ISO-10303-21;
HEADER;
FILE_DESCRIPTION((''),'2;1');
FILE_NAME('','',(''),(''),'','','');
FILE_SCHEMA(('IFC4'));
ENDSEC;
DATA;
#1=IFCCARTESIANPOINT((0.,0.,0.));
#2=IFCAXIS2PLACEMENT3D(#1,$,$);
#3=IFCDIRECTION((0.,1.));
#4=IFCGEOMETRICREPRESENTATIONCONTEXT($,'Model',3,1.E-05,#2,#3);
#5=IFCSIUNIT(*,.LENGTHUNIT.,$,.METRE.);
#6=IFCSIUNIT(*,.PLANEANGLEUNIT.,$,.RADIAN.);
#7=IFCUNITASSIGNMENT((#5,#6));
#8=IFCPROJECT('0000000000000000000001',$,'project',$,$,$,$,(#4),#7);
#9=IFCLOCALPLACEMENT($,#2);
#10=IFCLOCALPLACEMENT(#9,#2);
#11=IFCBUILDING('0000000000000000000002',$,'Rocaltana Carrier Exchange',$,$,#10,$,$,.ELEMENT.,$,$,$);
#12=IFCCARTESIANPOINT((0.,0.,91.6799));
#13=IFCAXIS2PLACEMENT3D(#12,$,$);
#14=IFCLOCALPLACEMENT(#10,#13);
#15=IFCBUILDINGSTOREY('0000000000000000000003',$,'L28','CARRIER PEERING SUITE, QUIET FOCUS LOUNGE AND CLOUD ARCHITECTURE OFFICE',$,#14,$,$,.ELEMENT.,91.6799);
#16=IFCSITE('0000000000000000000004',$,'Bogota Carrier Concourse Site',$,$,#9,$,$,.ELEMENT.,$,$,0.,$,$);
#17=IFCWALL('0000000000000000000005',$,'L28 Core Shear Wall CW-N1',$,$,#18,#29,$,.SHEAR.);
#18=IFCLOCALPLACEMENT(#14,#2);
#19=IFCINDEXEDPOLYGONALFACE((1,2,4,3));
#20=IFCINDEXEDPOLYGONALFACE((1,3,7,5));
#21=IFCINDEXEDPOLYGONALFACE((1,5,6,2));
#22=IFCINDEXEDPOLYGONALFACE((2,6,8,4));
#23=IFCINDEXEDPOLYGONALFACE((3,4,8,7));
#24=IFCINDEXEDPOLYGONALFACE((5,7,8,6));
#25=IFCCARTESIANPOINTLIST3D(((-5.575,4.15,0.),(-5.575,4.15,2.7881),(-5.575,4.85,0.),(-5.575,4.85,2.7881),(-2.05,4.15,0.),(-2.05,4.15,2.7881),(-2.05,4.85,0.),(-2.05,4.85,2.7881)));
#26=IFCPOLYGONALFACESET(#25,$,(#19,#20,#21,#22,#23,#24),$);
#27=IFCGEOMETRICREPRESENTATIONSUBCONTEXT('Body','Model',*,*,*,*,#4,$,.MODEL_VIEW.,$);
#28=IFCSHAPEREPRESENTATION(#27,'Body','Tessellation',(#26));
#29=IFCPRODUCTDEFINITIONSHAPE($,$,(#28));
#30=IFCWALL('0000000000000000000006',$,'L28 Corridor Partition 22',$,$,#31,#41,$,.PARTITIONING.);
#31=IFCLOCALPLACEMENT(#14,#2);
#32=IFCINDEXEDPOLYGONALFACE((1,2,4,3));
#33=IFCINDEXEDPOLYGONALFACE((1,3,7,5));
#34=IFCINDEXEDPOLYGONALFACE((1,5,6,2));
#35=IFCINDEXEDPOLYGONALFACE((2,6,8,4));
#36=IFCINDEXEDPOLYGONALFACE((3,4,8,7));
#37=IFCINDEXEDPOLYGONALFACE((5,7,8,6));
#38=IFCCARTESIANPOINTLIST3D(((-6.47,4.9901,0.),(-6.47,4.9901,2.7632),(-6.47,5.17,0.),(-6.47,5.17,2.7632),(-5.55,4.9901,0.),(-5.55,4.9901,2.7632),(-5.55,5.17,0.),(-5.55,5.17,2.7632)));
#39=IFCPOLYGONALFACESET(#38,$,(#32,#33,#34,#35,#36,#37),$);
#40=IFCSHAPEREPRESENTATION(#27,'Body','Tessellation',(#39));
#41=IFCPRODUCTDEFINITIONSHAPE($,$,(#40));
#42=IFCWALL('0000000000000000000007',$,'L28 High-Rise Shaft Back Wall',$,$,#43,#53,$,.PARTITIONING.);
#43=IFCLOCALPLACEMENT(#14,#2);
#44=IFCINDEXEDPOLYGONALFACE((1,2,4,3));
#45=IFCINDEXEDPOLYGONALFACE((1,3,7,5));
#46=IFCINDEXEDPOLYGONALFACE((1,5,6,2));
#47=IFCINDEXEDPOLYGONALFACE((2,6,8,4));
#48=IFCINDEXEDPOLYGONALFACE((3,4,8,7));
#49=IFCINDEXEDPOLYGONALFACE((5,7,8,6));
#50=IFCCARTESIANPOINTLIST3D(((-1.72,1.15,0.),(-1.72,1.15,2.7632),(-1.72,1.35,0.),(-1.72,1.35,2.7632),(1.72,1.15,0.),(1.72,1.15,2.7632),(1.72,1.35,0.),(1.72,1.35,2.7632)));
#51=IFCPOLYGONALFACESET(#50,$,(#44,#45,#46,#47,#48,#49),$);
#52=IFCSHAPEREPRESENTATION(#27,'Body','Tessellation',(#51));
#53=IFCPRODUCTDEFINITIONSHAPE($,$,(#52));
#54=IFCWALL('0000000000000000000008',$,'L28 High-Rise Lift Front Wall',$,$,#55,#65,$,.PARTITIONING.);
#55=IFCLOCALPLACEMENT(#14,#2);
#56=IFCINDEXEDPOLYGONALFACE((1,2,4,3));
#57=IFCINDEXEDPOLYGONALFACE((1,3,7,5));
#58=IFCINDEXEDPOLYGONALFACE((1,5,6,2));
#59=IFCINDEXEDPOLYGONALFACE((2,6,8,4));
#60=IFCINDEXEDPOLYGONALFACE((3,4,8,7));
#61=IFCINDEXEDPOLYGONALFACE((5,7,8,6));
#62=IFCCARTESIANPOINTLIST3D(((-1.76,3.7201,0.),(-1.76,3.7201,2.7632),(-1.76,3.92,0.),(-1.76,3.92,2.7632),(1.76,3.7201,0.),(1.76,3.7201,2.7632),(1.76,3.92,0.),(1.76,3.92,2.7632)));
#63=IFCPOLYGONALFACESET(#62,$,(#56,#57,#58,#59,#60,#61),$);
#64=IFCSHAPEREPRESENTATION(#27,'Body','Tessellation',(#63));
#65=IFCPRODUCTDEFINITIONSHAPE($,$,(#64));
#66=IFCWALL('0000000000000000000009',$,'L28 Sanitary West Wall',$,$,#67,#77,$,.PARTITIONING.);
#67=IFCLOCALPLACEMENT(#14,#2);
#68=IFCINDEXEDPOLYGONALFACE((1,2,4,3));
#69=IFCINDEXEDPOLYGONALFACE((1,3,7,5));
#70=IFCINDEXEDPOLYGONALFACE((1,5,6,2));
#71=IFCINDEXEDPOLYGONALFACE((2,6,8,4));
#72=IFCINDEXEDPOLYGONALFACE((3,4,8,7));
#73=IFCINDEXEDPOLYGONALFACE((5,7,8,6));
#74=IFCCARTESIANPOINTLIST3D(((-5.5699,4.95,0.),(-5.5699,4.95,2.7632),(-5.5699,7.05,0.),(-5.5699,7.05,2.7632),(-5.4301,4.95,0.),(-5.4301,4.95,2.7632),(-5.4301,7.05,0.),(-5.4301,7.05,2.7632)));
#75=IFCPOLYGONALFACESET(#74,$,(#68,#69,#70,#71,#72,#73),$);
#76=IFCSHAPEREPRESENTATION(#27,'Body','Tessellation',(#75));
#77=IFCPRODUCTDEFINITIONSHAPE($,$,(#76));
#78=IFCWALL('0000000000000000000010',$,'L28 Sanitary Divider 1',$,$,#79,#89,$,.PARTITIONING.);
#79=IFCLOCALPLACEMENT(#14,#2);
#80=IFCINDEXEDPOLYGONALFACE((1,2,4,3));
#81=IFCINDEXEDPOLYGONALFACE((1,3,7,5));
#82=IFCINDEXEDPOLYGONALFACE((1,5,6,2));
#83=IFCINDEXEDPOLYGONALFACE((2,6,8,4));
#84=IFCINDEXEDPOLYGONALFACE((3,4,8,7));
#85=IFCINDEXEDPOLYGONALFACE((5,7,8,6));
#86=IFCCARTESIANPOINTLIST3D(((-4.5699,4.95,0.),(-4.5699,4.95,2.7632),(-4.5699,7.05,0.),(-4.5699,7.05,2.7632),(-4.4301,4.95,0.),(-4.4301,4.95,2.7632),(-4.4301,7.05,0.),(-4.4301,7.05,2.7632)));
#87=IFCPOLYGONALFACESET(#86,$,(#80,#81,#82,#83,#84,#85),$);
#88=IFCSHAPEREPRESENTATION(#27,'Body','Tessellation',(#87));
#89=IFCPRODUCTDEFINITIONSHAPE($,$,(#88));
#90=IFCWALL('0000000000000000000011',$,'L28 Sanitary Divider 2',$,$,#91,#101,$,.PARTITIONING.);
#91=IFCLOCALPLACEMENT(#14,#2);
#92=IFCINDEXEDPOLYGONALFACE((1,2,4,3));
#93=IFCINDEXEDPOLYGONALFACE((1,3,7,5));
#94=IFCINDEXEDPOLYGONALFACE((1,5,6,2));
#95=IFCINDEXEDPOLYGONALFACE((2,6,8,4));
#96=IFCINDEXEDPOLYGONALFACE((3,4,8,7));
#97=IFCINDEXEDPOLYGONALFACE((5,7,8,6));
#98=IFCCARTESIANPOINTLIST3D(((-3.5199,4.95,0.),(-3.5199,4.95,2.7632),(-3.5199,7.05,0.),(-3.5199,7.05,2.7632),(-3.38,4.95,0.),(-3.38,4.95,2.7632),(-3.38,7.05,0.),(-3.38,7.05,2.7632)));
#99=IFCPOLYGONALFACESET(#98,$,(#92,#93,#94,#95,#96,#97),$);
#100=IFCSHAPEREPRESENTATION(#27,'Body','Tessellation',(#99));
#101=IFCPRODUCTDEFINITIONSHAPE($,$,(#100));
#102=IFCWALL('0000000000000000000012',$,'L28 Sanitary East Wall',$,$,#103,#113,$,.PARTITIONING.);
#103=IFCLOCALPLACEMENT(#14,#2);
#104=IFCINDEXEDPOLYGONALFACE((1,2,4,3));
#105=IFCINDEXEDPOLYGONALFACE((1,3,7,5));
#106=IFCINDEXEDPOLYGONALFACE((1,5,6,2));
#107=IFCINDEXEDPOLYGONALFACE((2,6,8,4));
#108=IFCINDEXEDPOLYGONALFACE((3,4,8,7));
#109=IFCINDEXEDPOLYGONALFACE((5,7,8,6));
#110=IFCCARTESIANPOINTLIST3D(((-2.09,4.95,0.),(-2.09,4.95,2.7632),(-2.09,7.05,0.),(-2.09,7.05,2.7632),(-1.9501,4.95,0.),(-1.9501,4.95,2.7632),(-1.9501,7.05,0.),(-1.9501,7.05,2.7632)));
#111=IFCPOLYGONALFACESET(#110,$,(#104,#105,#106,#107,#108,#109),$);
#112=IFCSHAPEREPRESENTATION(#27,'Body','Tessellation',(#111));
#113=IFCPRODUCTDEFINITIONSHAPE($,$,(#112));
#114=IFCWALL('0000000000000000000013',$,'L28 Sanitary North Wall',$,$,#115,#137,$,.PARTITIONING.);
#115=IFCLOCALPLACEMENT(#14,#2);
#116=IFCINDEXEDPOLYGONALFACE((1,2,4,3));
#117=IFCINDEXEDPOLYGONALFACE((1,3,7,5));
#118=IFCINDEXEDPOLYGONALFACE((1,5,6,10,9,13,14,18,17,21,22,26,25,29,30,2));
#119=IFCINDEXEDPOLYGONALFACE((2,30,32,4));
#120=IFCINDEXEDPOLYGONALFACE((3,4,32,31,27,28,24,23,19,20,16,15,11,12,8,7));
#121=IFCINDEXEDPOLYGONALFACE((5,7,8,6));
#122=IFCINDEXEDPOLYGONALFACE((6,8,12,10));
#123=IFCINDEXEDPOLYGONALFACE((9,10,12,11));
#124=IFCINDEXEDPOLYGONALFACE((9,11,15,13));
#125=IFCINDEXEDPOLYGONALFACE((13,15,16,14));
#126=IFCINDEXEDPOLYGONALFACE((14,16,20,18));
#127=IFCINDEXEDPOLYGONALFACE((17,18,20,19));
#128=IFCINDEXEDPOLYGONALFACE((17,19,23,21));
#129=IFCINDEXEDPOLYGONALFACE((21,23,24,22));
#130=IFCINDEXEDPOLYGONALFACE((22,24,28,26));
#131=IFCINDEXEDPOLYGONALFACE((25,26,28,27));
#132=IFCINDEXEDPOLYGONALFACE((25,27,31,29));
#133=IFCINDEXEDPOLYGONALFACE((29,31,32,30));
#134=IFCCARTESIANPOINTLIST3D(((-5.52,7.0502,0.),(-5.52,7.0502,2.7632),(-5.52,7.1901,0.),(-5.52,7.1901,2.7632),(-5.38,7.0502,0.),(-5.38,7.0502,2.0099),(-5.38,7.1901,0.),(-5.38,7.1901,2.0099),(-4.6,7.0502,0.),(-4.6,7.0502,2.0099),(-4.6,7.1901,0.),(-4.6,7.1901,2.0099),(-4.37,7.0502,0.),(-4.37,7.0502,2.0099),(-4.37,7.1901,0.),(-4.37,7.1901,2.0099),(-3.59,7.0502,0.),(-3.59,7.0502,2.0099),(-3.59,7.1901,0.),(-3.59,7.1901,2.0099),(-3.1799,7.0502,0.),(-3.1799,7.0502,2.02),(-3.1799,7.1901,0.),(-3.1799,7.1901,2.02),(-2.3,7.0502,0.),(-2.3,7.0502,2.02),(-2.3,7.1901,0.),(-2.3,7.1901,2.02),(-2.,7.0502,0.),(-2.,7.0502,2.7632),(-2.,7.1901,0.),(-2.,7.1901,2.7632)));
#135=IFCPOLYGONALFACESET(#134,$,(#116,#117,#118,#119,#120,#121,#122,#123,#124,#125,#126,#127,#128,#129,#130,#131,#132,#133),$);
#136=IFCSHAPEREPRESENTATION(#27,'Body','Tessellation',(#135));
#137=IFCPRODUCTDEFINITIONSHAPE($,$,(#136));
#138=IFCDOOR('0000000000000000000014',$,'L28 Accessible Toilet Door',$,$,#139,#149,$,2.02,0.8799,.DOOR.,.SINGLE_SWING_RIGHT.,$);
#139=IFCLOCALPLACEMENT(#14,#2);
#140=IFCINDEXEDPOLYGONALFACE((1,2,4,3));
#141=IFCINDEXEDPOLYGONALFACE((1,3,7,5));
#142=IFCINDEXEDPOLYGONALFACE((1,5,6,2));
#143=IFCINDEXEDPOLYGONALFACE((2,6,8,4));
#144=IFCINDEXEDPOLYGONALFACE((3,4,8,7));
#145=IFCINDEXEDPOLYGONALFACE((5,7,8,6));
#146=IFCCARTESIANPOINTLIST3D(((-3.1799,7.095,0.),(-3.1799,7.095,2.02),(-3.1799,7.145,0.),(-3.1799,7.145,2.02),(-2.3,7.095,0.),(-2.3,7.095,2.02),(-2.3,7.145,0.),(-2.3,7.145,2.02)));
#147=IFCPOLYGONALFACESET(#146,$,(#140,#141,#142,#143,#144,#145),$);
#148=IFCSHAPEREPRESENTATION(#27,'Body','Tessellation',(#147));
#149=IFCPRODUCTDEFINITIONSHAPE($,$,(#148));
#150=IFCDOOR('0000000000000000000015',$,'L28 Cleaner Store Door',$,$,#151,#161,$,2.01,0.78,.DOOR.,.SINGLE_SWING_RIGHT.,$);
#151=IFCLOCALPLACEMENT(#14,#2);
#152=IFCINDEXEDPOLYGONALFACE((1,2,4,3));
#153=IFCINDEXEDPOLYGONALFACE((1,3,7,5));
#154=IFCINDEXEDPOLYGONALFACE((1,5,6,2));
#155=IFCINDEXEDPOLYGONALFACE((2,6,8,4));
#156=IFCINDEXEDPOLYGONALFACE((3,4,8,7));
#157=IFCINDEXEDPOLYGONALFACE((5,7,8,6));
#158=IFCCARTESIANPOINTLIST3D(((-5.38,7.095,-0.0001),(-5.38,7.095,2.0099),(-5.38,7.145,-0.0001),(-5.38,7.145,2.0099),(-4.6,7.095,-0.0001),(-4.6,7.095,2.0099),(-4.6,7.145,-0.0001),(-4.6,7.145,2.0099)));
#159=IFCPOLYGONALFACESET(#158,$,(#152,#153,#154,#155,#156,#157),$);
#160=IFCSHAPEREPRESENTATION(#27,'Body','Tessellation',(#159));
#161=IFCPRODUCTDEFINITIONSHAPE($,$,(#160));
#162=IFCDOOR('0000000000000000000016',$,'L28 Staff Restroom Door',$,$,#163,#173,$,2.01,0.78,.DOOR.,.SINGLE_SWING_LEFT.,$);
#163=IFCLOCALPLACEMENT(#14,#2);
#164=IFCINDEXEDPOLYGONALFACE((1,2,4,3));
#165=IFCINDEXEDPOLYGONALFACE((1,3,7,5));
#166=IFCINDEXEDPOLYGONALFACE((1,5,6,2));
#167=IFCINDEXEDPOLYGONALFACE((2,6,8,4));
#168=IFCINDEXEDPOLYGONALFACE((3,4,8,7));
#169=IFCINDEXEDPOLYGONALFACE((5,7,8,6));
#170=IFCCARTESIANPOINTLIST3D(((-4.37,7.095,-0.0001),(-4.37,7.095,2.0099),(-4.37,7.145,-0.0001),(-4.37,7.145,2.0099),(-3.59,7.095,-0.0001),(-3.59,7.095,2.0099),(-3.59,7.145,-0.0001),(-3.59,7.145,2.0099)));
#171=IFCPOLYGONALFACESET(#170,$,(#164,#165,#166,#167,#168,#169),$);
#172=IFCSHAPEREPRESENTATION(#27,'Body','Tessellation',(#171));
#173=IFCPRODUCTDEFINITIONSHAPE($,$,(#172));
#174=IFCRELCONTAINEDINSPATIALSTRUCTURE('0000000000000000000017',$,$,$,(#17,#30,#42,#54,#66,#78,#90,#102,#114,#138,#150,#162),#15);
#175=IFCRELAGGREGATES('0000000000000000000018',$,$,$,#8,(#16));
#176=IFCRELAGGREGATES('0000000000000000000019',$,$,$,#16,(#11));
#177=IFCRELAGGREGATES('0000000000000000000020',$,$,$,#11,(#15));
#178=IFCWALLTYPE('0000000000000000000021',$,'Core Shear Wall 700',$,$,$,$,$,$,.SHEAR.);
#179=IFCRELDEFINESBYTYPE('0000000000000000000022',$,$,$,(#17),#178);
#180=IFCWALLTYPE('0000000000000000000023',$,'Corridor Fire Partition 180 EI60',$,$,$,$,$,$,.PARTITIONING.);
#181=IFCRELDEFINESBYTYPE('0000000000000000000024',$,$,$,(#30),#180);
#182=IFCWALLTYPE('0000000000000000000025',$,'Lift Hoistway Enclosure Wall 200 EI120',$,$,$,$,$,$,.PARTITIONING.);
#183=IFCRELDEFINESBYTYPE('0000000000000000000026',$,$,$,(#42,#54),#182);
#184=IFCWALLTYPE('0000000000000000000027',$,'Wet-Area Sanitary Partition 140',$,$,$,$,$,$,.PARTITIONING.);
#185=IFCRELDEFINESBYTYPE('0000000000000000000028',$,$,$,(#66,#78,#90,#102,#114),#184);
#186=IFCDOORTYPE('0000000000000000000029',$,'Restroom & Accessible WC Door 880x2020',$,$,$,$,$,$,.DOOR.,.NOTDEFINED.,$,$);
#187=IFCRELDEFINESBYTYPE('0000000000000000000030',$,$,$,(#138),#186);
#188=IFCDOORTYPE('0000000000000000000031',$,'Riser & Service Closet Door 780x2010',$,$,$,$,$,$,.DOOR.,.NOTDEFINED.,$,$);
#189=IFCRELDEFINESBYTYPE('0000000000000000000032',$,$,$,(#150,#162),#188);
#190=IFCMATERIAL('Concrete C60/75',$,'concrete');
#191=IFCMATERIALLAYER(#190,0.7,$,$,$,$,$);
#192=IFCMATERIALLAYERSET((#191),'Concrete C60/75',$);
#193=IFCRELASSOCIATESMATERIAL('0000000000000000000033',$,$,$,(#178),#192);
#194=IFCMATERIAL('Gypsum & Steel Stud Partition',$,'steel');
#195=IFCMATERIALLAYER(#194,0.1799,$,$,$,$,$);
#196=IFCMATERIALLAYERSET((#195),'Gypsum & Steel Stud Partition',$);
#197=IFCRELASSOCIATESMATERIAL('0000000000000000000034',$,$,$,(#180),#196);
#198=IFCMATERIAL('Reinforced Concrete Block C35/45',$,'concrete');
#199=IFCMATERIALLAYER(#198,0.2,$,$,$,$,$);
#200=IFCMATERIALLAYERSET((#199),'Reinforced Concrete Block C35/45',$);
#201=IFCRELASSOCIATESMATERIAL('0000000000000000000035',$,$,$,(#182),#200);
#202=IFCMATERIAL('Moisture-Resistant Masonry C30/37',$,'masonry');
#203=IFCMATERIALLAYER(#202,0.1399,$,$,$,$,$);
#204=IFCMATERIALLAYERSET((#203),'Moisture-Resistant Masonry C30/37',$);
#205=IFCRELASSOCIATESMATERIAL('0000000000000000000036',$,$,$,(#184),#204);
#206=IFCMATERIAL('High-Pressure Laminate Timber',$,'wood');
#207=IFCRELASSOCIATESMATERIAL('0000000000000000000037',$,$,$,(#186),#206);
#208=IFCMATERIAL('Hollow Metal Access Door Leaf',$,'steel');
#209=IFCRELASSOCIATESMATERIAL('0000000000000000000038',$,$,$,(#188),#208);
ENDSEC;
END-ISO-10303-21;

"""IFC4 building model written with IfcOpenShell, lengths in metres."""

from ifc_helpers import new_model, si_unit, direction, frame, frame_2d, origin, place, context, subcontext, project, spatial, rectangle, extrude, material, layer, layer_set, type_object, element, fill, save


model = new_model("IFC4")

# Units and contexts
model_context = context("Model", 3, precision=1e-05, world=origin(), true_north=direction((0.0, 1.0)))
body_context = subcontext(model_context, "Body", "Model", "MODEL_VIEW")
ifc_project = project(units=[si_unit("LENGTHUNIT", "METRE"), si_unit("PLANEANGLEUNIT", "RADIAN")], contexts=[model_context])

# Site, building, storey
site_placement = place(None, origin())
site = spatial("IfcSite", under=ifc_project, at=site_placement, Name="Bogota Carrier Concourse Site", CompositionType="ELEMENT", RefElevation=0.0)
building_placement = place(site_placement, origin())
building = spatial("IfcBuilding", under=site, at=building_placement, Name="Rocaltana Carrier Exchange", CompositionType="ELEMENT")
storey_placement = place(building_placement, frame((0.0, 0.0, 91.6799)))
storey = spatial("IfcBuildingStorey", under=building, at=storey_placement, Name="L28", Description="CARRIER PEERING SUITE, QUIET FOCUS LOUNGE AND CLOUD ARCHITECTURE OFFICE", CompositionType="ELEMENT", Elevation=91.6799)

# Walls
ifc_material_1 = material(Name="Concrete C60/75", Category="concrete")
ifc_layer_1 = layer(ifc_material_1, 0.7)
ifc_layer_set_1 = layer_set([ifc_layer_1], Name="Concrete C60/75")
wall_type_1 = type_object("IfcWallType", Name="Core Shear Wall 700", PredefinedType="SHEAR", material=ifc_layer_set_1)
wall_1_placement = place(storey_placement, frame((-5.575, 4.5, 0.0), z_axis=(0.0, 0.0, 1.0), x_axis=(1.0, 0.0, 0.0)))
element("IfcWall", 1, at=wall_1_placement, inside=storey, type_object=wall_type_1, Name="L28 Core Shear Wall CW-N1", PredefinedType="SHEAR", context=body_context, shape_type="SweptSolid", body=[
    extrude(rectangle(XDim=3.5249, YDim=0.7, at=frame_2d((1.7625, 0.0))), origin(), (0.0, 0.0, 1.0), 2.7881),
])
ifc_material_2 = material(Name="Gypsum & Steel Stud Partition", Category="steel")
ifc_layer_2 = layer(ifc_material_2, 0.1799)
ifc_layer_set_2 = layer_set([ifc_layer_2], Name="Gypsum & Steel Stud Partition")
wall_type_2 = type_object("IfcWallType", Name="Corridor Fire Partition 180 EI60", PredefinedType="PARTITIONING", material=ifc_layer_set_2)
wall_2_placement = place(storey_placement, frame((-5.55, 5.0801, 0.0), z_axis=(0.0, 0.0, 1.0), x_axis=(-1.0, 0.0, 0.0)))
element("IfcWall", 2, at=wall_2_placement, inside=storey, type_object=wall_type_2, Name="L28 Corridor Partition 22", PredefinedType="PARTITIONING", context=body_context, shape_type="SweptSolid", body=[
    extrude(rectangle(XDim=0.9199, YDim=0.1799, at=frame_2d((0.46, 0.0))), origin(), (0.0, 0.0, 1.0), 2.7632),
])
ifc_material_3 = material(Name="Reinforced Concrete Block C35/45", Category="concrete")
ifc_layer_3 = layer(ifc_material_3, 0.2)
ifc_layer_set_3 = layer_set([ifc_layer_3], Name="Reinforced Concrete Block C35/45")
wall_type_3 = type_object("IfcWallType", Name="Lift Hoistway Enclosure Wall 200 EI120", PredefinedType="PARTITIONING", material=ifc_layer_set_3)
wall_3_placement = place(storey_placement, frame((-1.72, 1.25, 0.0), z_axis=(0.0, 0.0, 1.0), x_axis=(1.0, 0.0, 0.0)))
element("IfcWall", 3, at=wall_3_placement, inside=storey, type_object=wall_type_3, Name="L28 High-Rise Shaft Back Wall", PredefinedType="PARTITIONING", context=body_context, shape_type="SweptSolid", body=[
    extrude(rectangle(XDim=3.4399, YDim=0.2, at=frame_2d((1.72, 0.0))), origin(), (0.0, 0.0, 1.0), 2.7632),
])
wall_4_placement = place(storey_placement, frame((-1.76, 3.8201, 0.0), z_axis=(0.0, 0.0, 1.0), x_axis=(1.0, 0.0, 0.0)))
element("IfcWall", 4, at=wall_4_placement, inside=storey, type_object=wall_type_3, Name="L28 High-Rise Lift Front Wall", PredefinedType="PARTITIONING", context=body_context, shape_type="SweptSolid", body=[
    extrude(rectangle(XDim=3.52, YDim=0.2, at=frame_2d((1.76, 0.0))), origin(), (0.0, 0.0, 1.0), 2.7632),
])
ifc_material_4 = material(Name="Moisture-Resistant Masonry C30/37", Category="masonry")
ifc_layer_4 = layer(ifc_material_4, 0.1399)
ifc_layer_set_4 = layer_set([ifc_layer_4], Name="Moisture-Resistant Masonry C30/37")
wall_type_4 = type_object("IfcWallType", Name="Wet-Area Sanitary Partition 140", PredefinedType="PARTITIONING", material=ifc_layer_set_4)
for number, where, z_axis, x_axis, name in (
    (5, (-5.5, 4.95, 0.0), (0.0, 0.0, 1.0), (0.0, 1.0, 0.0), "L28 Sanitary West Wall"),
    (6, (-4.5, 4.95, 0.0), (0.0, 0.0, 1.0), (0.0, 1.0, 0.0), "L28 Sanitary Divider 1"),
    (7, (-3.45, 4.95, 0.0), (0.0, 0.0, 1.0), (0.0, 1.0, 0.0), "L28 Sanitary Divider 2"),
    (8, (-2.02, 4.95, 0.0), (0.0, 0.0, 1.0), (0.0, 1.0, 0.0), "L28 Sanitary East Wall"),
):
    element("IfcWall", number, at=place(storey_placement, frame(where, z_axis=z_axis, x_axis=x_axis)), inside=storey, type_object=wall_type_4, Name=name, PredefinedType="PARTITIONING", context=body_context, shape_type="SweptSolid", body=[
        extrude(rectangle(XDim=2.1001, YDim=0.1399, at=frame_2d((1.05, 0.0))), origin(), (0.0, 0.0, 1.0), 2.7632),
    ])

# Wall, openings, doors
wall_5_placement = place(storey_placement, frame((-5.52, 7.1201, 0.0), z_axis=(0.0, 0.0, 1.0), x_axis=(1.0, 0.0, 0.0)))
wall_5 = element("IfcWall", 9, at=wall_5_placement, inside=storey, type_object=wall_type_4, Name="L28 Sanitary North Wall", PredefinedType="PARTITIONING", context=body_context, shape_type="SweptSolid", body=[
    extrude(rectangle(XDim=3.52, YDim=0.1399, at=frame_2d((1.76, 0.0))), origin(), (0.0, 0.0, 1.0), 2.7632),
])
opening_1_placement = place(wall_5_placement, frame((0.1399, 0.0, 0.0)))
opening_1 = element("IfcOpeningElement", 10, at=opening_1_placement, cuts=wall_5, PredefinedType="OPENING", context=body_context, shape_type="SweptSolid", body=[
    extrude(rectangle(XDim=0.78, YDim=2.01, at=frame_2d((0.3901, 1.0049))), frame((0.0, 0.0798, 0.0), z_axis=(0.0, -1.0, 0.0), x_axis=(1.0, 0.0, 0.0)), (0.0, 0.0, 1.0), 0.1599),
])
opening_2_placement = place(wall_5_placement, frame((1.1499, 0.0, 0.0)))
opening_2 = element("IfcOpeningElement", 11, at=opening_2_placement, cuts=wall_5, PredefinedType="OPENING", context=body_context, shape_type="SweptSolid", body=[
    extrude(rectangle(XDim=0.78, YDim=2.01, at=frame_2d((0.3901, 1.0049))), frame((0.0, 0.0798, 0.0), z_axis=(0.0, -1.0, 0.0), x_axis=(1.0, 0.0, 0.0)), (0.0, 0.0, 1.0), 0.1599),
])
opening_3_placement = place(wall_5_placement, frame((2.3401, 0.0, 0.0)))
opening_3 = element("IfcOpeningElement", 12, at=opening_3_placement, cuts=wall_5, PredefinedType="OPENING", context=body_context, shape_type="SweptSolid", body=[
    extrude(rectangle(XDim=0.8799, YDim=2.02, at=frame_2d((0.4399, 1.01))), frame((0.0, 0.0798, 0.0), z_axis=(0.0, -1.0, 0.0), x_axis=(1.0, 0.0, 0.0)), (0.0, 0.0, 1.0), 0.1599),
])
ifc_material_5 = material(Name="High-Pressure Laminate Timber", Category="wood")
door_type_1 = type_object("IfcDoorType", Name="Restroom & Accessible WC Door 880x2020", OperationType="NOTDEFINED", PredefinedType="DOOR", material=ifc_material_5)
door_1_placement = place(opening_3_placement, origin())
door_1 = element("IfcDoor", 13, at=door_1_placement, inside=storey, type_object=door_type_1, Name="L28 Accessible Toilet Door", OperationType="SINGLE_SWING_RIGHT", OverallHeight=2.02, OverallWidth=0.8799, PredefinedType="DOOR", context=body_context, shape_type="SweptSolid", body=[
    extrude(rectangle(XDim=0.8799, YDim=2.02, at=frame_2d((0.4399, 1.01))), frame((0.0, 0.0249, 0.0), z_axis=(0.0, -1.0, 0.0), x_axis=(1.0, 0.0, 0.0)), (0.0, 0.0, 1.0), 0.05),
])
fill(opening_3, door_1)
ifc_material_6 = material(Name="Hollow Metal Access Door Leaf", Category="steel")
door_type_2 = type_object("IfcDoorType", Name="Riser & Service Closet Door 780x2010", OperationType="NOTDEFINED", PredefinedType="DOOR", material=ifc_material_6)
door_2_placement = place(opening_1_placement, origin())
door_2 = element("IfcDoor", 14, at=door_2_placement, inside=storey, type_object=door_type_2, Name="L28 Cleaner Store Door", OperationType="SINGLE_SWING_RIGHT", OverallHeight=2.01, OverallWidth=0.78, PredefinedType="DOOR", context=body_context, shape_type="SweptSolid", body=[
    extrude(rectangle(XDim=0.78, YDim=2.01, at=frame_2d((0.3901, 1.0049))), frame((0.0, 0.0249, 0.0), z_axis=(0.0, -1.0, 0.0), x_axis=(1.0, 0.0, 0.0)), (0.0, 0.0, 1.0), 0.05),
])
fill(opening_1, door_2)
door_3_placement = place(opening_2_placement, origin())
door_3 = element("IfcDoor", 15, at=door_3_placement, inside=storey, type_object=door_type_2, Name="L28 Staff Restroom Door", OperationType="SINGLE_SWING_LEFT", OverallHeight=2.01, OverallWidth=0.78, PredefinedType="DOOR", context=body_context, shape_type="SweptSolid", body=[
    extrude(rectangle(XDim=0.78, YDim=2.01, at=frame_2d((0.3901, 1.0049))), frame((0.0, 0.0249, 0.0), z_axis=(0.0, -1.0, 0.0), x_axis=(1.0, 0.0, 0.0)), (0.0, 0.0, 1.0), 0.05),
])
fill(opening_2, door_3)

save(model, "model.ifc")
